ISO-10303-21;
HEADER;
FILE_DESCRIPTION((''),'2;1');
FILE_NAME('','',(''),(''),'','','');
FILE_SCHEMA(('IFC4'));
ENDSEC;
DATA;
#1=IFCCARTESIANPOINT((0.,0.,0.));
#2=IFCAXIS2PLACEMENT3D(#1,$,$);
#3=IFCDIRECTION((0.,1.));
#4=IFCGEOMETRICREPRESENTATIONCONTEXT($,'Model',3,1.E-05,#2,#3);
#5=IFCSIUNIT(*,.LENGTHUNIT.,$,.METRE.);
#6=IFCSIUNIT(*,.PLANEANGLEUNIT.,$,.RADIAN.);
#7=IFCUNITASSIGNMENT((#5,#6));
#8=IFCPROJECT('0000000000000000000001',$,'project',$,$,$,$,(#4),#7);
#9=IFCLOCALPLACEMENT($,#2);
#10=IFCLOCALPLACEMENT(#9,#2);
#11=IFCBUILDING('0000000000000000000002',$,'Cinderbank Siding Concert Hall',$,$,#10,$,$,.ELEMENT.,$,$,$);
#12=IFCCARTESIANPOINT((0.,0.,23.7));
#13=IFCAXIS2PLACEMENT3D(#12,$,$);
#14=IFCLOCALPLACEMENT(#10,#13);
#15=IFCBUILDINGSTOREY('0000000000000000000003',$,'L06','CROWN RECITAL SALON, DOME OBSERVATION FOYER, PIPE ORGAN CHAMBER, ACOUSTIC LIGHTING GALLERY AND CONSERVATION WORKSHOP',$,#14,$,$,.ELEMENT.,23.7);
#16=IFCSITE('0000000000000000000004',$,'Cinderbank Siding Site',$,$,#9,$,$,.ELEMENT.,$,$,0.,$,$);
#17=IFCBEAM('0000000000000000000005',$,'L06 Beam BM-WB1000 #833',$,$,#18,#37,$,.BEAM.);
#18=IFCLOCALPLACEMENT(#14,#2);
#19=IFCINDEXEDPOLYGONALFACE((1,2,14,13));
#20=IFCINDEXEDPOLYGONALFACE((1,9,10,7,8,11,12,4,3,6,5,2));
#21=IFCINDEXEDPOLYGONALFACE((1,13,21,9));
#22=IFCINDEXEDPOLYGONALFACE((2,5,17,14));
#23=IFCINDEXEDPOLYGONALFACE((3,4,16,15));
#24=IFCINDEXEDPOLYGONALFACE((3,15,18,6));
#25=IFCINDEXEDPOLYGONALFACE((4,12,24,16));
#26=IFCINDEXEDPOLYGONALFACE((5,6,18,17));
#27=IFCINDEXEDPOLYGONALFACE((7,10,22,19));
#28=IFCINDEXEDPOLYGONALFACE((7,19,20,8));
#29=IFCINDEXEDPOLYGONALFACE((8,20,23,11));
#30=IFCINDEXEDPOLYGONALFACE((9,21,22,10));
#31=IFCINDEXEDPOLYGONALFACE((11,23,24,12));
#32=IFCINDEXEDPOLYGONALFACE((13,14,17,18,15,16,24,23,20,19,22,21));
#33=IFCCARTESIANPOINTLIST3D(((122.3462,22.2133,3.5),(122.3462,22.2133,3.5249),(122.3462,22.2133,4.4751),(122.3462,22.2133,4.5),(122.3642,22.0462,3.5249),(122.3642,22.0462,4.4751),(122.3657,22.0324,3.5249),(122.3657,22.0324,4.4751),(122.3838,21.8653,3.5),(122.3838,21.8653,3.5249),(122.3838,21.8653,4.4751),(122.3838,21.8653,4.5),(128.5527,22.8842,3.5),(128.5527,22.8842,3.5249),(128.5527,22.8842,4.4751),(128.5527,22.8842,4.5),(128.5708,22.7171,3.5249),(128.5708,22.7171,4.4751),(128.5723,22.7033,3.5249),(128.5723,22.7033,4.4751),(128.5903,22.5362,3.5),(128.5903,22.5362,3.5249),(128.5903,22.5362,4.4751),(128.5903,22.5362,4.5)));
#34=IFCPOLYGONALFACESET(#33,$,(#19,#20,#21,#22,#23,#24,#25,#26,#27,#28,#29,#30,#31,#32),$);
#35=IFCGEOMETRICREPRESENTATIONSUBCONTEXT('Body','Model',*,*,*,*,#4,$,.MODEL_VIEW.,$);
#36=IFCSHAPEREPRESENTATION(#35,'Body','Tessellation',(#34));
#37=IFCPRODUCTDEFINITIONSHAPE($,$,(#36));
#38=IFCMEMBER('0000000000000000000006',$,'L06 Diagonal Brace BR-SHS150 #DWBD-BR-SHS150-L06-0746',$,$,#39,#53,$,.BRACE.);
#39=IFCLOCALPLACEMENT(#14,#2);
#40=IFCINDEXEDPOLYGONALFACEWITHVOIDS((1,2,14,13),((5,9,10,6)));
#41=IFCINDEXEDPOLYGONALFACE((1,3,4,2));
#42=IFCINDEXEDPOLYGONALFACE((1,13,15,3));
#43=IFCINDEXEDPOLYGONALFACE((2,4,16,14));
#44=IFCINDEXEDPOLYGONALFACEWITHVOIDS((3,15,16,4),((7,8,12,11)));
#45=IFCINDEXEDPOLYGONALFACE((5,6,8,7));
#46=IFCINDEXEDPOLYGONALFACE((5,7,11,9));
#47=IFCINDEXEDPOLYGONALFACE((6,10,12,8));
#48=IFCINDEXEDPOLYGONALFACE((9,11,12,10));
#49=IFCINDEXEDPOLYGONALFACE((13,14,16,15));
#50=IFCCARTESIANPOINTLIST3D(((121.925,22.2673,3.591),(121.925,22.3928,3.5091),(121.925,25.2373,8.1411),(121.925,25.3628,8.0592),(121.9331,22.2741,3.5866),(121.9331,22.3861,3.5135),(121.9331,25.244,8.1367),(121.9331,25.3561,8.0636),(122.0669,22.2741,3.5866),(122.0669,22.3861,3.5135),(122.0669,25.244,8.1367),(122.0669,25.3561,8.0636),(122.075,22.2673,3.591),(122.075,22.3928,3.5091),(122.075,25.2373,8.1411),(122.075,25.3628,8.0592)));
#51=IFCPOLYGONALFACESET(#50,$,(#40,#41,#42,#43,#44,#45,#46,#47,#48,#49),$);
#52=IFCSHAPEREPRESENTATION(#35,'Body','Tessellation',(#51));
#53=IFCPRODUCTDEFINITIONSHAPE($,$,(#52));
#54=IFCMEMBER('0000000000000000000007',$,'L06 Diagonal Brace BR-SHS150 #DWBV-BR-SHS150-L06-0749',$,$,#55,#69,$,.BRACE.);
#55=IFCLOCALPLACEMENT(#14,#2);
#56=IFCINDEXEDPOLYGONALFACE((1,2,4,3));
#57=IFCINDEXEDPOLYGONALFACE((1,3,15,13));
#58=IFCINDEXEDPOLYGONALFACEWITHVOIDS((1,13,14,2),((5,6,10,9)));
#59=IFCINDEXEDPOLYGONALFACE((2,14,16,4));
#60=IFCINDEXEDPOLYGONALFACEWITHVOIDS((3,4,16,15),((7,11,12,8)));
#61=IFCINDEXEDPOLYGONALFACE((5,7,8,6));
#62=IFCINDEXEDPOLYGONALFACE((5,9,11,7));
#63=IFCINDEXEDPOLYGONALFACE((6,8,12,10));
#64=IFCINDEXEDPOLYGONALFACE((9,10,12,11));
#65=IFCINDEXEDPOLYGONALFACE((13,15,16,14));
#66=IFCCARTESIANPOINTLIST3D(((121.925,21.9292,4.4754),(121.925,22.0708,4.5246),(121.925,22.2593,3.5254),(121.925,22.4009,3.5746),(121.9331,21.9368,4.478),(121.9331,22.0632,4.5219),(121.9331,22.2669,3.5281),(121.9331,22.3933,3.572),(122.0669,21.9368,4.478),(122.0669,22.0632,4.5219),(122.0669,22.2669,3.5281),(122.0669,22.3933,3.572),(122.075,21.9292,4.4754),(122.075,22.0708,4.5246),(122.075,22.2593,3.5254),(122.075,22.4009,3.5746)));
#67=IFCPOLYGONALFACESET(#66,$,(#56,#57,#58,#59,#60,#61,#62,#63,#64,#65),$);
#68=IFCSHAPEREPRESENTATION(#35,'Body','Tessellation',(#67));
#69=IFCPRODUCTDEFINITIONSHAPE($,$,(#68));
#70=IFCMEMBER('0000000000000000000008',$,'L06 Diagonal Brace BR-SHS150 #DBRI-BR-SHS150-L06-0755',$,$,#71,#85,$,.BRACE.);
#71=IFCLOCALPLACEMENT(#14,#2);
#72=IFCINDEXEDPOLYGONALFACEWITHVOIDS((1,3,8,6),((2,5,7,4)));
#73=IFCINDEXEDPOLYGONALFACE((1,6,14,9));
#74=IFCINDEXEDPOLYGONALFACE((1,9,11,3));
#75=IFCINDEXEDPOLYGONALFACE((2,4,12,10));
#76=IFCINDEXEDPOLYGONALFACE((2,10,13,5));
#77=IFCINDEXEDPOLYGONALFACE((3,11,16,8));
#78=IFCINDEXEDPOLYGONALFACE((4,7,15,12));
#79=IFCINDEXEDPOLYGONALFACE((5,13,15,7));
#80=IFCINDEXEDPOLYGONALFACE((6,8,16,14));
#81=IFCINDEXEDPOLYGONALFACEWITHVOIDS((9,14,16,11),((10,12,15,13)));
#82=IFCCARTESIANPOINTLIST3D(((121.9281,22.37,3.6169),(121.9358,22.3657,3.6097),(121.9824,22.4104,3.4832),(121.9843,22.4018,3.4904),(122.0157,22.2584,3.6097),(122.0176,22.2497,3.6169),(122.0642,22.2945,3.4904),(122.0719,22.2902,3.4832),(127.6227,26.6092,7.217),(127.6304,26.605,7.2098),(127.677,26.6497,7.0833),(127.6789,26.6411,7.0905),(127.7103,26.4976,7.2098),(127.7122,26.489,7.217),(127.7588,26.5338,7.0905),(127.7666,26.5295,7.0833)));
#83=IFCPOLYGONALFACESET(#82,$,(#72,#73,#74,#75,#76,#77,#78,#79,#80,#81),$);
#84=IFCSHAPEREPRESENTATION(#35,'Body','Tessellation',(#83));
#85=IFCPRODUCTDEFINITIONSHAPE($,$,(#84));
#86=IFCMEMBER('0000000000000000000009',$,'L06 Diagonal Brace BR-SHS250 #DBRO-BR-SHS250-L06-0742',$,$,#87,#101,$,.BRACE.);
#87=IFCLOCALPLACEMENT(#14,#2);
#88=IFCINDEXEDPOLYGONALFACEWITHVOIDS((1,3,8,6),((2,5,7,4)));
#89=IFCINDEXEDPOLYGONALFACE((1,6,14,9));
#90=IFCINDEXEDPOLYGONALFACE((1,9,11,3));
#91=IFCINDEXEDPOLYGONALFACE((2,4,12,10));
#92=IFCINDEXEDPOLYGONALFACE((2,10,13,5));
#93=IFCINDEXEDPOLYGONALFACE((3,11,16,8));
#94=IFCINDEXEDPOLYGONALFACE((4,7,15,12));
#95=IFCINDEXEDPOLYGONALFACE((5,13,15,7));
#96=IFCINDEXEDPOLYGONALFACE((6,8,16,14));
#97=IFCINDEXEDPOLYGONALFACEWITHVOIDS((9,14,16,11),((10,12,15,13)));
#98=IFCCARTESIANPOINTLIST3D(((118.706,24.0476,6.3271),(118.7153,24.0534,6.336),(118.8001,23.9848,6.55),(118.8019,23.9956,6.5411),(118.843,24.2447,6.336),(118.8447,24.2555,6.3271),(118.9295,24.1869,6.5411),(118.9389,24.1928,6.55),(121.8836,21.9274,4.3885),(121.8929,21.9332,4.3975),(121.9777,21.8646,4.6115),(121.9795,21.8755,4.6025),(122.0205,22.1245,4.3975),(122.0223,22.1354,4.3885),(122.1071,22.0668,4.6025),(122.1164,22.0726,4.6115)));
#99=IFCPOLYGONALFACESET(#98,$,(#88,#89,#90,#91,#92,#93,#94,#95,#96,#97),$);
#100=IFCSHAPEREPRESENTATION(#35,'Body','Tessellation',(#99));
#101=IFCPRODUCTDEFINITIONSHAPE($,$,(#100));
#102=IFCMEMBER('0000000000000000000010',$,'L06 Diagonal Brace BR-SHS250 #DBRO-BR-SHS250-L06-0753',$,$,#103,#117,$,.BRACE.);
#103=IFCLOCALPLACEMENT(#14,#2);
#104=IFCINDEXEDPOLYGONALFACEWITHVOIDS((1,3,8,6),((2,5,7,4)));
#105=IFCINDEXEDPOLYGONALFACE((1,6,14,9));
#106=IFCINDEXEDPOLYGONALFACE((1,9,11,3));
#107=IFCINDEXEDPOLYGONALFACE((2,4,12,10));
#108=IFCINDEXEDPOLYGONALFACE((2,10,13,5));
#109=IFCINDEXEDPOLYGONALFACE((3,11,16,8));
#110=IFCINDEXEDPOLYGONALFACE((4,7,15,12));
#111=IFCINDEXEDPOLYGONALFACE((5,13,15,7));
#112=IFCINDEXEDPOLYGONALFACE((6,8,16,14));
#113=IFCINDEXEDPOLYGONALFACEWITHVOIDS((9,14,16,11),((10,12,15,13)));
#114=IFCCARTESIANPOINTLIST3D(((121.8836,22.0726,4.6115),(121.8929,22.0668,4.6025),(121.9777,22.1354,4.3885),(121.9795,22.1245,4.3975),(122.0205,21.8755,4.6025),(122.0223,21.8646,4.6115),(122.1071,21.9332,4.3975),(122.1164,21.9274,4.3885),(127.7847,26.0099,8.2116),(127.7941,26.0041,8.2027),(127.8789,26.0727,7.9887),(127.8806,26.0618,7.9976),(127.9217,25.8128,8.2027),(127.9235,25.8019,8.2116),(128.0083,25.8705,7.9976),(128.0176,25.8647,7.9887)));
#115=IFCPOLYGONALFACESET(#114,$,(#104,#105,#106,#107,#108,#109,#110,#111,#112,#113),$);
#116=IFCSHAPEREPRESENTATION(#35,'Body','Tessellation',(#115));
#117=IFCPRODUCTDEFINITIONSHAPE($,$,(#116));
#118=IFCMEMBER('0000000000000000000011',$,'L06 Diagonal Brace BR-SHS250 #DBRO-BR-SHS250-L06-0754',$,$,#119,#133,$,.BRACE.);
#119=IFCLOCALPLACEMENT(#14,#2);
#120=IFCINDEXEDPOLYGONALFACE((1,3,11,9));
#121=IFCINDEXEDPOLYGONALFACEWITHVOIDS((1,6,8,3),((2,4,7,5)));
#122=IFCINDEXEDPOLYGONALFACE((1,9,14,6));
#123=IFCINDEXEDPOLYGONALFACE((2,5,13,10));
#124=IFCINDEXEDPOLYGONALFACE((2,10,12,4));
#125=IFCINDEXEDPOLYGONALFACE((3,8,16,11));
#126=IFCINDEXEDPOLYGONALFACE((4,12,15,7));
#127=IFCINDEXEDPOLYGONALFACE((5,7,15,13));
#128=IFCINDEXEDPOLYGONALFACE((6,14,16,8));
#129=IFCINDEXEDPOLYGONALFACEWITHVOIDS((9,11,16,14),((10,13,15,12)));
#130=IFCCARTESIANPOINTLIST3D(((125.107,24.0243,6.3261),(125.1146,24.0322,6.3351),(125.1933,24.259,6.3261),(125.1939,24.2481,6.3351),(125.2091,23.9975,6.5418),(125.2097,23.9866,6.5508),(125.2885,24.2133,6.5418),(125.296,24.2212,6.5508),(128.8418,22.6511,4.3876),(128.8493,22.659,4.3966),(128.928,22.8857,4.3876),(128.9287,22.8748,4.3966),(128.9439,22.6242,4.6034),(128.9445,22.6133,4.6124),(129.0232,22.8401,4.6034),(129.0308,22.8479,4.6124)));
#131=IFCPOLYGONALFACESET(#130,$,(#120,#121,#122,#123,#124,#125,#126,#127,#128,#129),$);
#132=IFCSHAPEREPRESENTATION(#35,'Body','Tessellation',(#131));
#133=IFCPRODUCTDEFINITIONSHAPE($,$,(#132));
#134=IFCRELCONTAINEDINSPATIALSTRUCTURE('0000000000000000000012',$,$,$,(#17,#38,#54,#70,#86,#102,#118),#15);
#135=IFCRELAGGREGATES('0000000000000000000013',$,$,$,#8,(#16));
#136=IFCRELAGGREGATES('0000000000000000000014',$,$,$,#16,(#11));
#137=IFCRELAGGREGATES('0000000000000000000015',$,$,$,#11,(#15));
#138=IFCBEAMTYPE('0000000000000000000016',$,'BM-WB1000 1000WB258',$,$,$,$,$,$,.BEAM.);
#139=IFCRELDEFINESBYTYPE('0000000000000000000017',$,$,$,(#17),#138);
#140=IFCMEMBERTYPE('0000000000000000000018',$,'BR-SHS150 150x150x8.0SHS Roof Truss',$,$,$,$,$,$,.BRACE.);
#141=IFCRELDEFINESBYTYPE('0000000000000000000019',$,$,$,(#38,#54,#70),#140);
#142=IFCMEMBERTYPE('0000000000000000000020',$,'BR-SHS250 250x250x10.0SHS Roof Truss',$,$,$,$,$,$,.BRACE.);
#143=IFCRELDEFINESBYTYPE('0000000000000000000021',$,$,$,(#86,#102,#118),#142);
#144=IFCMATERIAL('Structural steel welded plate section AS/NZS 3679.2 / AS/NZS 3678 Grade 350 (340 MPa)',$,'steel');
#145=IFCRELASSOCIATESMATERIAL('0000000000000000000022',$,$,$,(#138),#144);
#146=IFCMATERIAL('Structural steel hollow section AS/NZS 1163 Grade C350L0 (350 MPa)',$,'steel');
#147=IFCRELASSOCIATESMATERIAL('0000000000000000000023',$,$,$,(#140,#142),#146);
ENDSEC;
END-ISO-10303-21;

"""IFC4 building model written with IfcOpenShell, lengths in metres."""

from ifc_helpers import new_model, si_unit, direction, frame, origin, origin_2d, place, context, subcontext, project, spatial, hollow_rectangle, i_section, extrude, material, material_profile, profile_set, type_object, element, save


model = new_model("IFC4")

# Units and contexts
model_context = context("Model", 3, precision=1e-05, world=origin(), true_north=direction((0.0, 1.0)))
body_context = subcontext(model_context, "Body", "Model", "MODEL_VIEW")
ifc_project = project(units=[si_unit("LENGTHUNIT", "METRE"), si_unit("PLANEANGLEUNIT", "RADIAN")], contexts=[model_context])

# Site, building, storey
site_placement = place(None, origin())
site = spatial("IfcSite", under=ifc_project, at=site_placement, Name="Cinderbank Siding Site", CompositionType="ELEMENT", RefElevation=0.0)
building_placement = place(site_placement, origin())
building = spatial("IfcBuilding", under=site, at=building_placement, Name="Cinderbank Siding Concert Hall", CompositionType="ELEMENT")
storey_placement = place(building_placement, frame((0.0, 0.0, 23.7)))
storey = spatial("IfcBuildingStorey", under=building, at=storey_placement, Name="L06", Description="CROWN RECITAL SALON, DOME OBSERVATION FOYER, PIPE ORGAN CHAMBER, ACOUSTIC LIGHTING GALLERY AND CONSERVATION WORKSHOP", CompositionType="ELEMENT", Elevation=23.7)

# Beam
ifc_material_1 = material(Name="Structural steel welded plate section AS/NZS 3679.2 / AS/NZS 3678 Grade 350 (340 MPa)", Category="steel")
ifc_material_profile_1 = material_profile(ifc_material_1, i_section(OverallWidth=0.3501, OverallDepth=1.0, WebThickness=0.0139, FlangeThickness=0.0249, at=origin_2d()), Name="1000WB258", Category="LoadBearing")
ifc_profile_set_1 = profile_set([ifc_material_profile_1], Name="Structural steel welded plate section AS/NZS 3679.2 / AS/NZS 3678 Grade 350 (340 MPa)")
beam_type = type_object("IfcBeamType", Name="BM-WB1000 1000WB258", PredefinedType="BEAM", material=ifc_profile_set_1)
beam_placement = place(storey_placement, frame((122.365, 22.0393, 4.0), z_axis=(0.994208, 0.107469, 0.0), x_axis=(-0.107469, 0.994208, 0.0)))
element("IfcBeam", 1, at=beam_placement, inside=storey, type_object=beam_type, Name="L06 Beam BM-WB1000 #833", PredefinedType="BEAM", context=body_context, shape_type="SweptSolid", body=[
    extrude(i_section(OverallWidth=0.3501, OverallDepth=1.0, WebThickness=0.0139, FlangeThickness=0.0249, at=origin_2d()), origin(), (0.0, 0.0, 1.0), 6.2427),
])

# Members
ifc_material_2 = material(Name="Structural steel hollow section AS/NZS 1163 Grade C350L0 (350 MPa)", Category="steel")
ifc_material_profile_2 = material_profile(ifc_material_2, hollow_rectangle(XDim=0.1499, YDim=0.1499, WallThickness=0.0081, at=origin_2d()), Name="150x150x8.0SHS", Category="LoadBearing")
ifc_profile_set_2 = profile_set([ifc_material_profile_2], Name="Structural steel hollow section AS/NZS 1163 Grade C350L0 (350 MPa)")
member_type_1 = type_object("IfcMemberType", Name="BR-SHS150 150x150x8.0SHS Roof Truss", PredefinedType="BRACE", material=ifc_profile_set_2)
member_1_placement = place(storey_placement, frame((122.0, 22.3301, 3.55), z_axis=(0.0, 0.546597, 0.837396), x_axis=(-1.0, 0.0, 0.0)))
element("IfcMember", 2, at=member_1_placement, inside=storey, type_object=member_type_1, Name="L06 Diagonal Brace BR-SHS150 #DWBD-BR-SHS150-L06-0746", PredefinedType="BRACE", context=body_context, shape_type="SweptSolid", body=[
    extrude(hollow_rectangle(XDim=0.1499, YDim=0.1499, WallThickness=0.0081, at=origin_2d()), origin(), (0.0, 0.0, 1.0), 5.4336),
])
member_2_placement = place(storey_placement, frame((122.0, 22.3301, 3.55), z_axis=(0.0, -0.328219, 0.944602), x_axis=(1.0, 0.0, 0.0)))
element("IfcMember", 3, at=member_2_placement, inside=storey, type_object=member_type_1, Name="L06 Diagonal Brace BR-SHS150 #DWBV-BR-SHS150-L06-0749", PredefinedType="BRACE", context=body_context, shape_type="SweptSolid", body=[
    extrude(hollow_rectangle(XDim=0.1499, YDim=0.1499, WallThickness=0.0081, at=origin_2d()), origin(), (0.0, 0.0, 1.0), 1.0056),
])
member_3_placement = place(storey_placement, frame((122.0, 22.3301, 3.55), z_axis=(0.715407, 0.532576, 0.452278), x_axis=(-0.59714, 0.802137, 0.0)))
element("IfcMember", 4, at=member_3_placement, inside=storey, type_object=member_type_1, Name="L06 Diagonal Brace BR-SHS150 #DBRI-BR-SHS150-L06-0755", PredefinedType="BRACE", context=body_context, shape_type="SweptSolid", body=[
    extrude(hollow_rectangle(XDim=0.1499, YDim=0.1499, WallThickness=0.0081, at=origin_2d()), origin(), (0.0, 0.0, 1.0), 7.96),
])
ifc_material_profile_3 = material_profile(ifc_material_2, hollow_rectangle(XDim=0.25, YDim=0.25, WallThickness=0.01, at=origin_2d()), Name="250x250x10.0SHS", Category="LoadBearing")
ifc_profile_set_3 = profile_set([ifc_material_profile_3], Name="Structural steel hollow section AS/NZS 1163 Grade C350L0 (350 MPa)")
member_type_2 = type_object("IfcMemberType", Name="BR-SHS250 250x250x10.0SHS Roof Truss", PredefinedType="BRACE", material=ifc_profile_set_3)
member_4_placement = place(storey_placement, frame((122.0, 22.0, 4.5), z_axis=(-0.741784, 0.494941, 0.452537), x_axis=(-0.555025, -0.831834, 0.0)))
element("IfcMember", 5, at=member_4_placement, inside=storey, type_object=member_type_2, Name="L06 Diagonal Brace BR-SHS250 #DBRO-BR-SHS250-L06-0742", PredefinedType="BRACE", context=body_context, shape_type="SweptSolid", body=[
    extrude(hollow_rectangle(XDim=0.25, YDim=0.25, WallThickness=0.01, at=origin_2d()), origin(), (0.0, 0.0, 1.0), 4.2837),
])
member_5_placement = place(storey_placement, frame((122.0, 22.0, 4.5), z_axis=(0.74179, 0.494926, 0.452544), x_axis=(-0.55501, 0.831844, 0.0)))
element("IfcMember", 6, at=member_5_placement, inside=storey, type_object=member_type_2, Name="L06 Diagonal Brace BR-SHS250 #DBRO-BR-SHS250-L06-0753", PredefinedType="BRACE", context=body_context, shape_type="SweptSolid", body=[
    extrude(hollow_rectangle(XDim=0.25, YDim=0.25, WallThickness=0.01, at=origin_2d()), origin(), (0.0, 0.0, 1.0), 7.9553),
])
member_6_placement = place(storey_placement, frame((128.9363, 22.7495, 4.5), z_axis=(-0.843774, 0.310252, 0.437937), x_axis=(-0.345105, -0.938564, 0.0)))
element("IfcMember", 7, at=member_6_placement, inside=storey, type_object=member_type_2, Name="L06 Diagonal Brace BR-SHS250 #DBRO-BR-SHS250-L06-0754", PredefinedType="BRACE", context=body_context, shape_type="SweptSolid", body=[
    extrude(hollow_rectangle(XDim=0.25, YDim=0.25, WallThickness=0.01, at=origin_2d()), origin(), (0.0, 0.0, 1.0), 4.4263),
])

save(model, "model.ifc")
